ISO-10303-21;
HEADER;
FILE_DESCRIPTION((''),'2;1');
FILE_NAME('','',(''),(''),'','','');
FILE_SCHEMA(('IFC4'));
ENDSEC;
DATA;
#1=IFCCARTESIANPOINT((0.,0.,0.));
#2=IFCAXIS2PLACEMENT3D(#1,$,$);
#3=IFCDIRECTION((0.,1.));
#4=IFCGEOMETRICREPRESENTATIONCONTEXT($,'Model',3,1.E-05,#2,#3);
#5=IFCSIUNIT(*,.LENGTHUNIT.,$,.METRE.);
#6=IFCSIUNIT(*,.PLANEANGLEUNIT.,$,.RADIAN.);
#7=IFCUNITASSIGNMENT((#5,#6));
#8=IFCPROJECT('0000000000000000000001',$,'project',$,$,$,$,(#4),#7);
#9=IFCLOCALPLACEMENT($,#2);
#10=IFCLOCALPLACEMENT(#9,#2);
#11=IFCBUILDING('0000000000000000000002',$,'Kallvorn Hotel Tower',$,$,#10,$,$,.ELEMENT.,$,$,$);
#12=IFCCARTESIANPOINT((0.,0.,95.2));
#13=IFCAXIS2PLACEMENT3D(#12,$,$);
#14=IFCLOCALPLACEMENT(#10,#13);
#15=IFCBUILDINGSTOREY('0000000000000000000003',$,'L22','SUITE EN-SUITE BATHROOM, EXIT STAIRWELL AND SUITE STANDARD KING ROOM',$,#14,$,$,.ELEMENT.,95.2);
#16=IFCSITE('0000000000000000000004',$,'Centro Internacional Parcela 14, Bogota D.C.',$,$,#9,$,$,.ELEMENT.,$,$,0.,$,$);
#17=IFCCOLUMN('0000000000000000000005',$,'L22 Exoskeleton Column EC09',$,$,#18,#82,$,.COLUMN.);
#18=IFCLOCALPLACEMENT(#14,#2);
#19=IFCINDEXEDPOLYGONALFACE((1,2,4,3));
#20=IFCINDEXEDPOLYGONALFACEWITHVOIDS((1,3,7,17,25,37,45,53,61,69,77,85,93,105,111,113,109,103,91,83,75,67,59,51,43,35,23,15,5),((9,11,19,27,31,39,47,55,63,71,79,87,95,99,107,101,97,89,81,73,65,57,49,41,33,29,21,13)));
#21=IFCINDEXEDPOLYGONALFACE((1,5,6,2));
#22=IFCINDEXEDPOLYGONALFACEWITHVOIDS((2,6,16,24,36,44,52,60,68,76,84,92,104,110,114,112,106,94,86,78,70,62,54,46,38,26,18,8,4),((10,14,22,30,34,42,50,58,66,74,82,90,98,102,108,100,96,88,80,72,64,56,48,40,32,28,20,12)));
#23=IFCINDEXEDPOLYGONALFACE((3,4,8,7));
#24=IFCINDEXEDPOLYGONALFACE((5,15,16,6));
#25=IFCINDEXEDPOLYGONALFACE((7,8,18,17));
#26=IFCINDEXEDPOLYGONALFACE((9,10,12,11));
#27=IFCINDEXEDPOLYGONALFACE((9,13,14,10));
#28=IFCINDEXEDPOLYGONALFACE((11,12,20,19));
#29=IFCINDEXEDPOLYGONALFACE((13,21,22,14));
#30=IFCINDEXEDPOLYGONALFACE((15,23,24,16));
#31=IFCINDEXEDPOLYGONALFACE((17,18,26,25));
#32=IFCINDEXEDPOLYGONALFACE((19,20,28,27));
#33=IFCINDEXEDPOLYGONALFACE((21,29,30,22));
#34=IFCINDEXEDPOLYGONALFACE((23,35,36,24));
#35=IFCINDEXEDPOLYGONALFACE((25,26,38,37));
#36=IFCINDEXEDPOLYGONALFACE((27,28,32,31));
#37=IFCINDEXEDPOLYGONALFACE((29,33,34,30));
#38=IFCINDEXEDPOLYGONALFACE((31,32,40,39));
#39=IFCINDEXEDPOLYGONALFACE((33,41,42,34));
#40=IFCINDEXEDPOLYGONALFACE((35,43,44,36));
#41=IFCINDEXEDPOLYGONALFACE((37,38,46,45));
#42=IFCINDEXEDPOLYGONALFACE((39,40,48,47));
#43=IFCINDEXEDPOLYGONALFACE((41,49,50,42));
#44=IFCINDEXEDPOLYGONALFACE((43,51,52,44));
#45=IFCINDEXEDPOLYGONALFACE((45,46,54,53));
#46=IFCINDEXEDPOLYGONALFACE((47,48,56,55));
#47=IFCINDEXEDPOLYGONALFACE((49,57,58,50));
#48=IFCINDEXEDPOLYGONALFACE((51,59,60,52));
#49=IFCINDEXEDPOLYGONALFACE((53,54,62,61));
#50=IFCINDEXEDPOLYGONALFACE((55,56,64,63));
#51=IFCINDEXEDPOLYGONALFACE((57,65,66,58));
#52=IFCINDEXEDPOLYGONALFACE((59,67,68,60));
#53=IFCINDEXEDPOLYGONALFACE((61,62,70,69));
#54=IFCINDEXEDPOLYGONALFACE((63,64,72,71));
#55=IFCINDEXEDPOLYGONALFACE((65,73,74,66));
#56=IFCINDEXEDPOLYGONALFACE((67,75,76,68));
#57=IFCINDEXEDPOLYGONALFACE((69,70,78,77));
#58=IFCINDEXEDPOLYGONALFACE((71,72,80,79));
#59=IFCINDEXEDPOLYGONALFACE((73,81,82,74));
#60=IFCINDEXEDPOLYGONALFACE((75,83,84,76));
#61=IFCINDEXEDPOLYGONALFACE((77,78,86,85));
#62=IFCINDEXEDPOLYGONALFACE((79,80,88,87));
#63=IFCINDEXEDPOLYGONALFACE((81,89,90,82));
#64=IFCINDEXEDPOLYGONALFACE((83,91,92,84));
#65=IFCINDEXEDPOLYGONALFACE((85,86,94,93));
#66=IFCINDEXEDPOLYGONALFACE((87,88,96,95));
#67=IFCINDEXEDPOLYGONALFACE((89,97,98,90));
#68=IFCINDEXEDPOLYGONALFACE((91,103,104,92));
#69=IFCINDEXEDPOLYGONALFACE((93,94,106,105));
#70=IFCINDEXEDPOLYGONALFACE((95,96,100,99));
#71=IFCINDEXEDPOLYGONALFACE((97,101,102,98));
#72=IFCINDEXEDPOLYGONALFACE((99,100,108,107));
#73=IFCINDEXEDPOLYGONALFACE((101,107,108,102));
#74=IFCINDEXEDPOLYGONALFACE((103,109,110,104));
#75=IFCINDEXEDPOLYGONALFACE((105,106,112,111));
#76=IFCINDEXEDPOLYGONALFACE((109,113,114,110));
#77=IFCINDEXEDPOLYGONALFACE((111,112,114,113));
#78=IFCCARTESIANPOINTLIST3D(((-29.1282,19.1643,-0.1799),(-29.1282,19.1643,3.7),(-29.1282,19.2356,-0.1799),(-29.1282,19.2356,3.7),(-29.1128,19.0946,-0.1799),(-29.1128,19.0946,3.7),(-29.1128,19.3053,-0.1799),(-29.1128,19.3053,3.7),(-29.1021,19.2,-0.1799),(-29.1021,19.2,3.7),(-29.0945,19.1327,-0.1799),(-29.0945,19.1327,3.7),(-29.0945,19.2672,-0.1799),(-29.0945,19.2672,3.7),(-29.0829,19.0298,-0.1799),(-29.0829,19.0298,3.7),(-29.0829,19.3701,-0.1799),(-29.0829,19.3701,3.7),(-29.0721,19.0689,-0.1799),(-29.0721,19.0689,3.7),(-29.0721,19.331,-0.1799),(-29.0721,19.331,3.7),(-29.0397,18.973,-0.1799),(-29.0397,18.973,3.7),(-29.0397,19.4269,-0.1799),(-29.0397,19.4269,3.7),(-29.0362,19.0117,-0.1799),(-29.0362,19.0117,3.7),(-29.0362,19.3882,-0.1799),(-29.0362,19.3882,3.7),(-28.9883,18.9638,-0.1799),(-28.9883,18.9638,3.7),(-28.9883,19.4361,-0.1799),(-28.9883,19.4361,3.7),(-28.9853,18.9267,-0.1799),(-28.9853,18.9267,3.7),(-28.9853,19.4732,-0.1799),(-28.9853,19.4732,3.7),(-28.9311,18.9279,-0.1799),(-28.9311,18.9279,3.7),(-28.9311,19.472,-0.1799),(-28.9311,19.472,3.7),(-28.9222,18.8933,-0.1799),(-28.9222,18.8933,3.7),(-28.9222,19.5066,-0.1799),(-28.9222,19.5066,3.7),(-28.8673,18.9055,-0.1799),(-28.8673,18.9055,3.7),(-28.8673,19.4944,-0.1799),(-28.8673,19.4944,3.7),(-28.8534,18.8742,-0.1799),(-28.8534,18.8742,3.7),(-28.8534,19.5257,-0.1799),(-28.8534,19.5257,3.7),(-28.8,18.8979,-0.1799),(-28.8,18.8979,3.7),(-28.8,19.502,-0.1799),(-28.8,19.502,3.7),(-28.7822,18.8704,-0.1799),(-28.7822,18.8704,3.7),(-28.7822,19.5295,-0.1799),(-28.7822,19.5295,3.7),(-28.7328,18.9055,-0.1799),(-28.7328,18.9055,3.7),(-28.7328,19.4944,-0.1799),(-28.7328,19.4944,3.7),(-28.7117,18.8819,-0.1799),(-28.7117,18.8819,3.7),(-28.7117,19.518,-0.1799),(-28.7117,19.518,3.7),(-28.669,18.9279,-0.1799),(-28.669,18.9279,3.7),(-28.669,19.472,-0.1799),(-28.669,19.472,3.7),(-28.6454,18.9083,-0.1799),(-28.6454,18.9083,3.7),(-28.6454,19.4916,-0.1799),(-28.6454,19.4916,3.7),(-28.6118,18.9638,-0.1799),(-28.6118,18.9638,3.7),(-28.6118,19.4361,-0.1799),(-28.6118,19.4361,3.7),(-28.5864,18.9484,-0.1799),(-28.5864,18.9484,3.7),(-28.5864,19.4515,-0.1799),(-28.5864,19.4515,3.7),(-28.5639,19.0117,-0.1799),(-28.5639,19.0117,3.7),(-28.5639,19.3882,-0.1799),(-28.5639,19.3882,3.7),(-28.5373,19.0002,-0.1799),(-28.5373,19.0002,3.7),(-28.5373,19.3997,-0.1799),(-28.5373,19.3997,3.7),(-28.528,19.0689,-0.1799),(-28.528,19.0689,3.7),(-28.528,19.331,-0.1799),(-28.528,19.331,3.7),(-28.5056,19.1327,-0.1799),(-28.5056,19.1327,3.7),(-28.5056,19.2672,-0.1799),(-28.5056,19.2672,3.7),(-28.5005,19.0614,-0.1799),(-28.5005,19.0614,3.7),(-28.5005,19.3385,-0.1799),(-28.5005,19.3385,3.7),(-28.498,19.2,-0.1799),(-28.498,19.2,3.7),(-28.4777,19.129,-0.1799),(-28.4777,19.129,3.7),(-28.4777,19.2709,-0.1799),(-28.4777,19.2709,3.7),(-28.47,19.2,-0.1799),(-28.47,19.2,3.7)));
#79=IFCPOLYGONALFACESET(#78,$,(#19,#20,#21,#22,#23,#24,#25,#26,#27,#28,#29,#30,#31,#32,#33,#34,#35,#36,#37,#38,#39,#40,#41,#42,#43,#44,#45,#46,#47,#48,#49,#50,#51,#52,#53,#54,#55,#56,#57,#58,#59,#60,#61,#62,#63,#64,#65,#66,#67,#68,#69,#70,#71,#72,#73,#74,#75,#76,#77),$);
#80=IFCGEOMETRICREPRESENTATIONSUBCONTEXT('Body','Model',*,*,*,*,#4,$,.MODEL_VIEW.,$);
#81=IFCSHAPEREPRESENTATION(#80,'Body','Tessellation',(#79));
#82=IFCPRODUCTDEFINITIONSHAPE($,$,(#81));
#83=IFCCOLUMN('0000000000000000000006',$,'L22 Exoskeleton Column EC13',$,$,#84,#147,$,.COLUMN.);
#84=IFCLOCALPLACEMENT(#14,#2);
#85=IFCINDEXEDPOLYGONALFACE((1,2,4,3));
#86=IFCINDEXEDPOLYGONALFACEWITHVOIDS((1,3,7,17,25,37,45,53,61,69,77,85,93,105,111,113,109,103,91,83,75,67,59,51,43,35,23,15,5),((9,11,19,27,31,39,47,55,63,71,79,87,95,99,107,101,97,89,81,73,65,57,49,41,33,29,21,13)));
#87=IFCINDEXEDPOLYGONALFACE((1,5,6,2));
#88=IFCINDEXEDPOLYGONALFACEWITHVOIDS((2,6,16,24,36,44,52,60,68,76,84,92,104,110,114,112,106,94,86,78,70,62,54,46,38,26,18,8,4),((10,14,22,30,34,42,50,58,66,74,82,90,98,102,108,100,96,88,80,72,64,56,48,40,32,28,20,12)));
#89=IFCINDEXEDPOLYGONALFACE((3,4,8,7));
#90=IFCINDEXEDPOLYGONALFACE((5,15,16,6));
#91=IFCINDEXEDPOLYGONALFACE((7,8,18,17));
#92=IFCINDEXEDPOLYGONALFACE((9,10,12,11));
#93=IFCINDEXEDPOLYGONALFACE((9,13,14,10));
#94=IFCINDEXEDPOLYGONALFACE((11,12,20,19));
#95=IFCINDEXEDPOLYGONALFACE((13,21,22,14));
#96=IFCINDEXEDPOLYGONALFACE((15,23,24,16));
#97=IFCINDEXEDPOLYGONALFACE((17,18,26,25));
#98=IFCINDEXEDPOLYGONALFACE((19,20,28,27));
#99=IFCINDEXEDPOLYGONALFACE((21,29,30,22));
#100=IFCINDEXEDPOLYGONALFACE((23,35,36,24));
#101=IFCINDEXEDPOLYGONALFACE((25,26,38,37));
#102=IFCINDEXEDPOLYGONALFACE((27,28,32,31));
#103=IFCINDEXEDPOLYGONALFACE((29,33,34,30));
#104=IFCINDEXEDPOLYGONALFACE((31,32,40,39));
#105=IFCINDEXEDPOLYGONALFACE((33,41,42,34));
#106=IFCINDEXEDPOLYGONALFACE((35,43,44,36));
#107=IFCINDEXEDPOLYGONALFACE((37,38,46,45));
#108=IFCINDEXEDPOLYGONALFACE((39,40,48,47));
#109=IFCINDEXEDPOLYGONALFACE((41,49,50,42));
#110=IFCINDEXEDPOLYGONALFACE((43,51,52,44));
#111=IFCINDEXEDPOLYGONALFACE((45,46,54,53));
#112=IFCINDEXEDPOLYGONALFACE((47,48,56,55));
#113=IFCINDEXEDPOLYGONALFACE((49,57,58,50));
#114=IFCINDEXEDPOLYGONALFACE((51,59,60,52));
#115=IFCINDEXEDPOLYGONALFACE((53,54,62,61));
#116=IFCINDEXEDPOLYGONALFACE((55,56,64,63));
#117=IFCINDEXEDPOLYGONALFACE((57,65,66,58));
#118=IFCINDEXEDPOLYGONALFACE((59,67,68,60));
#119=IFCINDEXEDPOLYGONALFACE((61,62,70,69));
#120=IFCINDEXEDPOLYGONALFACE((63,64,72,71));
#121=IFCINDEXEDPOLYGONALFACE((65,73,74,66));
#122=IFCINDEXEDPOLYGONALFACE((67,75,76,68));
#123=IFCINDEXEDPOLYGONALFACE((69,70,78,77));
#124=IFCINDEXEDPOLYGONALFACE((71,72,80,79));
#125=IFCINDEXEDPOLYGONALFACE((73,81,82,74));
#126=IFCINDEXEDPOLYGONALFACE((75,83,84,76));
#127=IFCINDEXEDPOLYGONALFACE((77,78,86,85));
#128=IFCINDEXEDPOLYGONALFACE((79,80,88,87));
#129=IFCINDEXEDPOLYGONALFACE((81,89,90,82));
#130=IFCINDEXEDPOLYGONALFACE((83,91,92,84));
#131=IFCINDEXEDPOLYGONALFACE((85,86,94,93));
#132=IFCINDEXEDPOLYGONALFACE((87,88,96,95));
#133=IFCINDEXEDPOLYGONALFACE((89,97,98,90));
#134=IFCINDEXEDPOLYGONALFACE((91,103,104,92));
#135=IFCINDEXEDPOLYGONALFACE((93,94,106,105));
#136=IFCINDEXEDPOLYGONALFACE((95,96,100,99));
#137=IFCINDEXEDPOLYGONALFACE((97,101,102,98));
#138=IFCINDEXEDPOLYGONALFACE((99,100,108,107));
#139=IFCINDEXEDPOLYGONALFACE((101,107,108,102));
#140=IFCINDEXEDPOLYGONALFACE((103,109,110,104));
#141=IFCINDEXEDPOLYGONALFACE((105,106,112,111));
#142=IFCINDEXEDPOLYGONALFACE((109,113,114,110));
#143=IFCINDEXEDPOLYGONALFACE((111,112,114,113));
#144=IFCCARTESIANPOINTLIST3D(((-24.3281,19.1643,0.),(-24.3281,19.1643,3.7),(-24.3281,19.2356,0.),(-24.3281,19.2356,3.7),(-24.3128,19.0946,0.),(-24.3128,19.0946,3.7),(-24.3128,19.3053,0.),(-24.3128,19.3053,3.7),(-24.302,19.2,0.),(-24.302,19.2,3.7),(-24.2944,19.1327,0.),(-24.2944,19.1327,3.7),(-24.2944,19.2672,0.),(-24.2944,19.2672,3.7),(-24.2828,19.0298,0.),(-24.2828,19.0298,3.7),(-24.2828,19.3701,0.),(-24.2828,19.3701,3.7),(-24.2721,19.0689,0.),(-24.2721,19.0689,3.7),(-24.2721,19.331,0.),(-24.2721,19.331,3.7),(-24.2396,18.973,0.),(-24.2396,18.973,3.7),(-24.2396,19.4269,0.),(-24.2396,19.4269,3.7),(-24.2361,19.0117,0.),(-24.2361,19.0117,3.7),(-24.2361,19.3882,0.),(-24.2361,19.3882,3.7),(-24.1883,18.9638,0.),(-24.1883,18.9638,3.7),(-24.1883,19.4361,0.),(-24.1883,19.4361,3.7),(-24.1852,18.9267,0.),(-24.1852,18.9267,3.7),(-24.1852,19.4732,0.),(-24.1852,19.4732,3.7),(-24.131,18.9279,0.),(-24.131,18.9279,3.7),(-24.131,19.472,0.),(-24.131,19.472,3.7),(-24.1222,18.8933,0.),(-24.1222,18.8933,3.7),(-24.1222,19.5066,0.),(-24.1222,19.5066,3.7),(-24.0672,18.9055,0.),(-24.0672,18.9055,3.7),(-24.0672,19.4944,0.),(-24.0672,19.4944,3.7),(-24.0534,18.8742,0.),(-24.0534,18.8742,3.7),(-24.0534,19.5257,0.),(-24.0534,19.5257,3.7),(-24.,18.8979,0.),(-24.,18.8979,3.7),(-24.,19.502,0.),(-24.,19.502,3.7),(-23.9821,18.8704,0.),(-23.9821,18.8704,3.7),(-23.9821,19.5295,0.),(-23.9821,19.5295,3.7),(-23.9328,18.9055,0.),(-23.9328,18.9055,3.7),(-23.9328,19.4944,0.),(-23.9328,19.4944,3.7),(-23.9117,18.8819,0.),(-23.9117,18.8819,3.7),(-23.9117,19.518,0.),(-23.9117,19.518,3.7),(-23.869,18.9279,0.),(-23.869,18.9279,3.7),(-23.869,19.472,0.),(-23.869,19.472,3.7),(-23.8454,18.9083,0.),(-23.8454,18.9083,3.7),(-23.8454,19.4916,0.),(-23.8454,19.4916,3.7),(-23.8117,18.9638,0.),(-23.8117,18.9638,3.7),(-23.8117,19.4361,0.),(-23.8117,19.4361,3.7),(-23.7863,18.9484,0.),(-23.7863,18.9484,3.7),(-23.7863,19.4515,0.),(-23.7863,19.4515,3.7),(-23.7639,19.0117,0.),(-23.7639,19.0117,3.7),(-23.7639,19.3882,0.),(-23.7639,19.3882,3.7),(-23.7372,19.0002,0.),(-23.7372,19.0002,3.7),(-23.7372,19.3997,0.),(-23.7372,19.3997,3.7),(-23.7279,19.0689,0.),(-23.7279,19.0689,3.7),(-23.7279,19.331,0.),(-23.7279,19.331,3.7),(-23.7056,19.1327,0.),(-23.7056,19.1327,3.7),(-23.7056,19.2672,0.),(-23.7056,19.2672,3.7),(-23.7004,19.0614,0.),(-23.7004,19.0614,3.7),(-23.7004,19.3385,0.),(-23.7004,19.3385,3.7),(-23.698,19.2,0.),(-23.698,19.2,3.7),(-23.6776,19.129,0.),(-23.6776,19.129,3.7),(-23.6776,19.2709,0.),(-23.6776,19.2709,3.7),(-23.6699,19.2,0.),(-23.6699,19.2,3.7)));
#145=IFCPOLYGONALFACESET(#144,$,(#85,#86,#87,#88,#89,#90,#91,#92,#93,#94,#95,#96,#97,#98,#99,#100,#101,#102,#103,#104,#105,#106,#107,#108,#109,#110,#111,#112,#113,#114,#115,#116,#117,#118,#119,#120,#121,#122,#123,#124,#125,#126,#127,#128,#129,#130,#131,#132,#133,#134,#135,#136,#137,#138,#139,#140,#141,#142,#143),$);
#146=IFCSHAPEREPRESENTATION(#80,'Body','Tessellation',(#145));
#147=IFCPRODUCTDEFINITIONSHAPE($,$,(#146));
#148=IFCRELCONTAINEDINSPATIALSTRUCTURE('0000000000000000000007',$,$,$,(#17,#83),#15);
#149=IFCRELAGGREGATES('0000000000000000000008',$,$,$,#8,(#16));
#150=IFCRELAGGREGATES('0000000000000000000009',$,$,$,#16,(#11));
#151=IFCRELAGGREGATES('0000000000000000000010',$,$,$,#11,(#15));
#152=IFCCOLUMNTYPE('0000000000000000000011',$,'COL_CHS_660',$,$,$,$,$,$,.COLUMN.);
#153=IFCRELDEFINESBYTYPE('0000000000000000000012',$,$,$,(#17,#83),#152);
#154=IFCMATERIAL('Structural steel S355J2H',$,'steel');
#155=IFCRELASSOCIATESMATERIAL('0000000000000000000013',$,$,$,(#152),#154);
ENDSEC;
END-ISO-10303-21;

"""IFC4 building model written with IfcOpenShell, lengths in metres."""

from ifc_helpers import new_model, si_unit, direction, frame, origin, origin_2d, place, context, subcontext, project, spatial, hollow_circle, extrude, material, material_profile, profile_set, type_object, element, save


model = new_model("IFC4")

# Units and contexts
model_context = context("Model", 3, precision=1e-05, world=origin(), true_north=direction((0.0, 1.0)))
body_context = subcontext(model_context, "Body", "Model", "MODEL_VIEW")
ifc_project = project(units=[si_unit("LENGTHUNIT", "METRE"), si_unit("PLANEANGLEUNIT", "RADIAN")], contexts=[model_context])

# Site, building, storey
site_placement = place(None, origin())
site = spatial("IfcSite", under=ifc_project, at=site_placement, Name="Centro Internacional Parcela 14, Bogota D.C.", CompositionType="ELEMENT", RefElevation=0.0)
building_placement = place(site_placement, origin())
building = spatial("IfcBuilding", under=site, at=building_placement, Name="Kallvorn Hotel Tower", CompositionType="ELEMENT")
storey_placement = place(building_placement, frame((0.0, 0.0, 95.2)))
storey = spatial("IfcBuildingStorey", under=building, at=storey_placement, Name="L22", Description="SUITE EN-SUITE BATHROOM, EXIT STAIRWELL AND SUITE STANDARD KING ROOM", CompositionType="ELEMENT", Elevation=95.2)

# Columns
ifc_material_1 = material(Name="Structural steel S355J2H", Category="steel")
ifc_material_profile_1 = material_profile(ifc_material_1, hollow_circle(Radius=0.3301, WallThickness=0.0281, at=origin_2d()), Name="CHS 660x28")
ifc_profile_set_1 = profile_set([ifc_material_profile_1], Name="Structural steel S355J2H")
column_type = type_object("IfcColumnType", Name="COL_CHS_660", PredefinedType="COLUMN", material=ifc_profile_set_1)
column_1_placement = place(storey_placement, frame((-28.8, 19.2, -0.1799), z_axis=(0.0, 0.0, 1.0), x_axis=(1.0, 0.0, 0.0)))
element("IfcColumn", 1, at=column_1_placement, inside=storey, type_object=column_type, Name="L22 Exoskeleton Column EC09", PredefinedType="COLUMN", context=body_context, shape_type="SweptSolid", body=[
    extrude(hollow_circle(Radius=0.3301, WallThickness=0.0281, at=origin_2d()), origin(), (0.0, 0.0, 1.0), 3.8799),
])
column_2_placement = place(storey_placement, frame((-24.0, 19.2, 0.0), z_axis=(0.0, 0.0, 1.0), x_axis=(1.0, 0.0, 0.0)))
element("IfcColumn", 2, at=column_2_placement, inside=storey, type_object=column_type, Name="L22 Exoskeleton Column EC13", PredefinedType="COLUMN", context=body_context, shape_type="SweptSolid", body=[
    extrude(hollow_circle(Radius=0.3301, WallThickness=0.0281, at=origin_2d()), origin(), (0.0, 0.0, 1.0), 3.7),
])

save(model, "model.ifc")
